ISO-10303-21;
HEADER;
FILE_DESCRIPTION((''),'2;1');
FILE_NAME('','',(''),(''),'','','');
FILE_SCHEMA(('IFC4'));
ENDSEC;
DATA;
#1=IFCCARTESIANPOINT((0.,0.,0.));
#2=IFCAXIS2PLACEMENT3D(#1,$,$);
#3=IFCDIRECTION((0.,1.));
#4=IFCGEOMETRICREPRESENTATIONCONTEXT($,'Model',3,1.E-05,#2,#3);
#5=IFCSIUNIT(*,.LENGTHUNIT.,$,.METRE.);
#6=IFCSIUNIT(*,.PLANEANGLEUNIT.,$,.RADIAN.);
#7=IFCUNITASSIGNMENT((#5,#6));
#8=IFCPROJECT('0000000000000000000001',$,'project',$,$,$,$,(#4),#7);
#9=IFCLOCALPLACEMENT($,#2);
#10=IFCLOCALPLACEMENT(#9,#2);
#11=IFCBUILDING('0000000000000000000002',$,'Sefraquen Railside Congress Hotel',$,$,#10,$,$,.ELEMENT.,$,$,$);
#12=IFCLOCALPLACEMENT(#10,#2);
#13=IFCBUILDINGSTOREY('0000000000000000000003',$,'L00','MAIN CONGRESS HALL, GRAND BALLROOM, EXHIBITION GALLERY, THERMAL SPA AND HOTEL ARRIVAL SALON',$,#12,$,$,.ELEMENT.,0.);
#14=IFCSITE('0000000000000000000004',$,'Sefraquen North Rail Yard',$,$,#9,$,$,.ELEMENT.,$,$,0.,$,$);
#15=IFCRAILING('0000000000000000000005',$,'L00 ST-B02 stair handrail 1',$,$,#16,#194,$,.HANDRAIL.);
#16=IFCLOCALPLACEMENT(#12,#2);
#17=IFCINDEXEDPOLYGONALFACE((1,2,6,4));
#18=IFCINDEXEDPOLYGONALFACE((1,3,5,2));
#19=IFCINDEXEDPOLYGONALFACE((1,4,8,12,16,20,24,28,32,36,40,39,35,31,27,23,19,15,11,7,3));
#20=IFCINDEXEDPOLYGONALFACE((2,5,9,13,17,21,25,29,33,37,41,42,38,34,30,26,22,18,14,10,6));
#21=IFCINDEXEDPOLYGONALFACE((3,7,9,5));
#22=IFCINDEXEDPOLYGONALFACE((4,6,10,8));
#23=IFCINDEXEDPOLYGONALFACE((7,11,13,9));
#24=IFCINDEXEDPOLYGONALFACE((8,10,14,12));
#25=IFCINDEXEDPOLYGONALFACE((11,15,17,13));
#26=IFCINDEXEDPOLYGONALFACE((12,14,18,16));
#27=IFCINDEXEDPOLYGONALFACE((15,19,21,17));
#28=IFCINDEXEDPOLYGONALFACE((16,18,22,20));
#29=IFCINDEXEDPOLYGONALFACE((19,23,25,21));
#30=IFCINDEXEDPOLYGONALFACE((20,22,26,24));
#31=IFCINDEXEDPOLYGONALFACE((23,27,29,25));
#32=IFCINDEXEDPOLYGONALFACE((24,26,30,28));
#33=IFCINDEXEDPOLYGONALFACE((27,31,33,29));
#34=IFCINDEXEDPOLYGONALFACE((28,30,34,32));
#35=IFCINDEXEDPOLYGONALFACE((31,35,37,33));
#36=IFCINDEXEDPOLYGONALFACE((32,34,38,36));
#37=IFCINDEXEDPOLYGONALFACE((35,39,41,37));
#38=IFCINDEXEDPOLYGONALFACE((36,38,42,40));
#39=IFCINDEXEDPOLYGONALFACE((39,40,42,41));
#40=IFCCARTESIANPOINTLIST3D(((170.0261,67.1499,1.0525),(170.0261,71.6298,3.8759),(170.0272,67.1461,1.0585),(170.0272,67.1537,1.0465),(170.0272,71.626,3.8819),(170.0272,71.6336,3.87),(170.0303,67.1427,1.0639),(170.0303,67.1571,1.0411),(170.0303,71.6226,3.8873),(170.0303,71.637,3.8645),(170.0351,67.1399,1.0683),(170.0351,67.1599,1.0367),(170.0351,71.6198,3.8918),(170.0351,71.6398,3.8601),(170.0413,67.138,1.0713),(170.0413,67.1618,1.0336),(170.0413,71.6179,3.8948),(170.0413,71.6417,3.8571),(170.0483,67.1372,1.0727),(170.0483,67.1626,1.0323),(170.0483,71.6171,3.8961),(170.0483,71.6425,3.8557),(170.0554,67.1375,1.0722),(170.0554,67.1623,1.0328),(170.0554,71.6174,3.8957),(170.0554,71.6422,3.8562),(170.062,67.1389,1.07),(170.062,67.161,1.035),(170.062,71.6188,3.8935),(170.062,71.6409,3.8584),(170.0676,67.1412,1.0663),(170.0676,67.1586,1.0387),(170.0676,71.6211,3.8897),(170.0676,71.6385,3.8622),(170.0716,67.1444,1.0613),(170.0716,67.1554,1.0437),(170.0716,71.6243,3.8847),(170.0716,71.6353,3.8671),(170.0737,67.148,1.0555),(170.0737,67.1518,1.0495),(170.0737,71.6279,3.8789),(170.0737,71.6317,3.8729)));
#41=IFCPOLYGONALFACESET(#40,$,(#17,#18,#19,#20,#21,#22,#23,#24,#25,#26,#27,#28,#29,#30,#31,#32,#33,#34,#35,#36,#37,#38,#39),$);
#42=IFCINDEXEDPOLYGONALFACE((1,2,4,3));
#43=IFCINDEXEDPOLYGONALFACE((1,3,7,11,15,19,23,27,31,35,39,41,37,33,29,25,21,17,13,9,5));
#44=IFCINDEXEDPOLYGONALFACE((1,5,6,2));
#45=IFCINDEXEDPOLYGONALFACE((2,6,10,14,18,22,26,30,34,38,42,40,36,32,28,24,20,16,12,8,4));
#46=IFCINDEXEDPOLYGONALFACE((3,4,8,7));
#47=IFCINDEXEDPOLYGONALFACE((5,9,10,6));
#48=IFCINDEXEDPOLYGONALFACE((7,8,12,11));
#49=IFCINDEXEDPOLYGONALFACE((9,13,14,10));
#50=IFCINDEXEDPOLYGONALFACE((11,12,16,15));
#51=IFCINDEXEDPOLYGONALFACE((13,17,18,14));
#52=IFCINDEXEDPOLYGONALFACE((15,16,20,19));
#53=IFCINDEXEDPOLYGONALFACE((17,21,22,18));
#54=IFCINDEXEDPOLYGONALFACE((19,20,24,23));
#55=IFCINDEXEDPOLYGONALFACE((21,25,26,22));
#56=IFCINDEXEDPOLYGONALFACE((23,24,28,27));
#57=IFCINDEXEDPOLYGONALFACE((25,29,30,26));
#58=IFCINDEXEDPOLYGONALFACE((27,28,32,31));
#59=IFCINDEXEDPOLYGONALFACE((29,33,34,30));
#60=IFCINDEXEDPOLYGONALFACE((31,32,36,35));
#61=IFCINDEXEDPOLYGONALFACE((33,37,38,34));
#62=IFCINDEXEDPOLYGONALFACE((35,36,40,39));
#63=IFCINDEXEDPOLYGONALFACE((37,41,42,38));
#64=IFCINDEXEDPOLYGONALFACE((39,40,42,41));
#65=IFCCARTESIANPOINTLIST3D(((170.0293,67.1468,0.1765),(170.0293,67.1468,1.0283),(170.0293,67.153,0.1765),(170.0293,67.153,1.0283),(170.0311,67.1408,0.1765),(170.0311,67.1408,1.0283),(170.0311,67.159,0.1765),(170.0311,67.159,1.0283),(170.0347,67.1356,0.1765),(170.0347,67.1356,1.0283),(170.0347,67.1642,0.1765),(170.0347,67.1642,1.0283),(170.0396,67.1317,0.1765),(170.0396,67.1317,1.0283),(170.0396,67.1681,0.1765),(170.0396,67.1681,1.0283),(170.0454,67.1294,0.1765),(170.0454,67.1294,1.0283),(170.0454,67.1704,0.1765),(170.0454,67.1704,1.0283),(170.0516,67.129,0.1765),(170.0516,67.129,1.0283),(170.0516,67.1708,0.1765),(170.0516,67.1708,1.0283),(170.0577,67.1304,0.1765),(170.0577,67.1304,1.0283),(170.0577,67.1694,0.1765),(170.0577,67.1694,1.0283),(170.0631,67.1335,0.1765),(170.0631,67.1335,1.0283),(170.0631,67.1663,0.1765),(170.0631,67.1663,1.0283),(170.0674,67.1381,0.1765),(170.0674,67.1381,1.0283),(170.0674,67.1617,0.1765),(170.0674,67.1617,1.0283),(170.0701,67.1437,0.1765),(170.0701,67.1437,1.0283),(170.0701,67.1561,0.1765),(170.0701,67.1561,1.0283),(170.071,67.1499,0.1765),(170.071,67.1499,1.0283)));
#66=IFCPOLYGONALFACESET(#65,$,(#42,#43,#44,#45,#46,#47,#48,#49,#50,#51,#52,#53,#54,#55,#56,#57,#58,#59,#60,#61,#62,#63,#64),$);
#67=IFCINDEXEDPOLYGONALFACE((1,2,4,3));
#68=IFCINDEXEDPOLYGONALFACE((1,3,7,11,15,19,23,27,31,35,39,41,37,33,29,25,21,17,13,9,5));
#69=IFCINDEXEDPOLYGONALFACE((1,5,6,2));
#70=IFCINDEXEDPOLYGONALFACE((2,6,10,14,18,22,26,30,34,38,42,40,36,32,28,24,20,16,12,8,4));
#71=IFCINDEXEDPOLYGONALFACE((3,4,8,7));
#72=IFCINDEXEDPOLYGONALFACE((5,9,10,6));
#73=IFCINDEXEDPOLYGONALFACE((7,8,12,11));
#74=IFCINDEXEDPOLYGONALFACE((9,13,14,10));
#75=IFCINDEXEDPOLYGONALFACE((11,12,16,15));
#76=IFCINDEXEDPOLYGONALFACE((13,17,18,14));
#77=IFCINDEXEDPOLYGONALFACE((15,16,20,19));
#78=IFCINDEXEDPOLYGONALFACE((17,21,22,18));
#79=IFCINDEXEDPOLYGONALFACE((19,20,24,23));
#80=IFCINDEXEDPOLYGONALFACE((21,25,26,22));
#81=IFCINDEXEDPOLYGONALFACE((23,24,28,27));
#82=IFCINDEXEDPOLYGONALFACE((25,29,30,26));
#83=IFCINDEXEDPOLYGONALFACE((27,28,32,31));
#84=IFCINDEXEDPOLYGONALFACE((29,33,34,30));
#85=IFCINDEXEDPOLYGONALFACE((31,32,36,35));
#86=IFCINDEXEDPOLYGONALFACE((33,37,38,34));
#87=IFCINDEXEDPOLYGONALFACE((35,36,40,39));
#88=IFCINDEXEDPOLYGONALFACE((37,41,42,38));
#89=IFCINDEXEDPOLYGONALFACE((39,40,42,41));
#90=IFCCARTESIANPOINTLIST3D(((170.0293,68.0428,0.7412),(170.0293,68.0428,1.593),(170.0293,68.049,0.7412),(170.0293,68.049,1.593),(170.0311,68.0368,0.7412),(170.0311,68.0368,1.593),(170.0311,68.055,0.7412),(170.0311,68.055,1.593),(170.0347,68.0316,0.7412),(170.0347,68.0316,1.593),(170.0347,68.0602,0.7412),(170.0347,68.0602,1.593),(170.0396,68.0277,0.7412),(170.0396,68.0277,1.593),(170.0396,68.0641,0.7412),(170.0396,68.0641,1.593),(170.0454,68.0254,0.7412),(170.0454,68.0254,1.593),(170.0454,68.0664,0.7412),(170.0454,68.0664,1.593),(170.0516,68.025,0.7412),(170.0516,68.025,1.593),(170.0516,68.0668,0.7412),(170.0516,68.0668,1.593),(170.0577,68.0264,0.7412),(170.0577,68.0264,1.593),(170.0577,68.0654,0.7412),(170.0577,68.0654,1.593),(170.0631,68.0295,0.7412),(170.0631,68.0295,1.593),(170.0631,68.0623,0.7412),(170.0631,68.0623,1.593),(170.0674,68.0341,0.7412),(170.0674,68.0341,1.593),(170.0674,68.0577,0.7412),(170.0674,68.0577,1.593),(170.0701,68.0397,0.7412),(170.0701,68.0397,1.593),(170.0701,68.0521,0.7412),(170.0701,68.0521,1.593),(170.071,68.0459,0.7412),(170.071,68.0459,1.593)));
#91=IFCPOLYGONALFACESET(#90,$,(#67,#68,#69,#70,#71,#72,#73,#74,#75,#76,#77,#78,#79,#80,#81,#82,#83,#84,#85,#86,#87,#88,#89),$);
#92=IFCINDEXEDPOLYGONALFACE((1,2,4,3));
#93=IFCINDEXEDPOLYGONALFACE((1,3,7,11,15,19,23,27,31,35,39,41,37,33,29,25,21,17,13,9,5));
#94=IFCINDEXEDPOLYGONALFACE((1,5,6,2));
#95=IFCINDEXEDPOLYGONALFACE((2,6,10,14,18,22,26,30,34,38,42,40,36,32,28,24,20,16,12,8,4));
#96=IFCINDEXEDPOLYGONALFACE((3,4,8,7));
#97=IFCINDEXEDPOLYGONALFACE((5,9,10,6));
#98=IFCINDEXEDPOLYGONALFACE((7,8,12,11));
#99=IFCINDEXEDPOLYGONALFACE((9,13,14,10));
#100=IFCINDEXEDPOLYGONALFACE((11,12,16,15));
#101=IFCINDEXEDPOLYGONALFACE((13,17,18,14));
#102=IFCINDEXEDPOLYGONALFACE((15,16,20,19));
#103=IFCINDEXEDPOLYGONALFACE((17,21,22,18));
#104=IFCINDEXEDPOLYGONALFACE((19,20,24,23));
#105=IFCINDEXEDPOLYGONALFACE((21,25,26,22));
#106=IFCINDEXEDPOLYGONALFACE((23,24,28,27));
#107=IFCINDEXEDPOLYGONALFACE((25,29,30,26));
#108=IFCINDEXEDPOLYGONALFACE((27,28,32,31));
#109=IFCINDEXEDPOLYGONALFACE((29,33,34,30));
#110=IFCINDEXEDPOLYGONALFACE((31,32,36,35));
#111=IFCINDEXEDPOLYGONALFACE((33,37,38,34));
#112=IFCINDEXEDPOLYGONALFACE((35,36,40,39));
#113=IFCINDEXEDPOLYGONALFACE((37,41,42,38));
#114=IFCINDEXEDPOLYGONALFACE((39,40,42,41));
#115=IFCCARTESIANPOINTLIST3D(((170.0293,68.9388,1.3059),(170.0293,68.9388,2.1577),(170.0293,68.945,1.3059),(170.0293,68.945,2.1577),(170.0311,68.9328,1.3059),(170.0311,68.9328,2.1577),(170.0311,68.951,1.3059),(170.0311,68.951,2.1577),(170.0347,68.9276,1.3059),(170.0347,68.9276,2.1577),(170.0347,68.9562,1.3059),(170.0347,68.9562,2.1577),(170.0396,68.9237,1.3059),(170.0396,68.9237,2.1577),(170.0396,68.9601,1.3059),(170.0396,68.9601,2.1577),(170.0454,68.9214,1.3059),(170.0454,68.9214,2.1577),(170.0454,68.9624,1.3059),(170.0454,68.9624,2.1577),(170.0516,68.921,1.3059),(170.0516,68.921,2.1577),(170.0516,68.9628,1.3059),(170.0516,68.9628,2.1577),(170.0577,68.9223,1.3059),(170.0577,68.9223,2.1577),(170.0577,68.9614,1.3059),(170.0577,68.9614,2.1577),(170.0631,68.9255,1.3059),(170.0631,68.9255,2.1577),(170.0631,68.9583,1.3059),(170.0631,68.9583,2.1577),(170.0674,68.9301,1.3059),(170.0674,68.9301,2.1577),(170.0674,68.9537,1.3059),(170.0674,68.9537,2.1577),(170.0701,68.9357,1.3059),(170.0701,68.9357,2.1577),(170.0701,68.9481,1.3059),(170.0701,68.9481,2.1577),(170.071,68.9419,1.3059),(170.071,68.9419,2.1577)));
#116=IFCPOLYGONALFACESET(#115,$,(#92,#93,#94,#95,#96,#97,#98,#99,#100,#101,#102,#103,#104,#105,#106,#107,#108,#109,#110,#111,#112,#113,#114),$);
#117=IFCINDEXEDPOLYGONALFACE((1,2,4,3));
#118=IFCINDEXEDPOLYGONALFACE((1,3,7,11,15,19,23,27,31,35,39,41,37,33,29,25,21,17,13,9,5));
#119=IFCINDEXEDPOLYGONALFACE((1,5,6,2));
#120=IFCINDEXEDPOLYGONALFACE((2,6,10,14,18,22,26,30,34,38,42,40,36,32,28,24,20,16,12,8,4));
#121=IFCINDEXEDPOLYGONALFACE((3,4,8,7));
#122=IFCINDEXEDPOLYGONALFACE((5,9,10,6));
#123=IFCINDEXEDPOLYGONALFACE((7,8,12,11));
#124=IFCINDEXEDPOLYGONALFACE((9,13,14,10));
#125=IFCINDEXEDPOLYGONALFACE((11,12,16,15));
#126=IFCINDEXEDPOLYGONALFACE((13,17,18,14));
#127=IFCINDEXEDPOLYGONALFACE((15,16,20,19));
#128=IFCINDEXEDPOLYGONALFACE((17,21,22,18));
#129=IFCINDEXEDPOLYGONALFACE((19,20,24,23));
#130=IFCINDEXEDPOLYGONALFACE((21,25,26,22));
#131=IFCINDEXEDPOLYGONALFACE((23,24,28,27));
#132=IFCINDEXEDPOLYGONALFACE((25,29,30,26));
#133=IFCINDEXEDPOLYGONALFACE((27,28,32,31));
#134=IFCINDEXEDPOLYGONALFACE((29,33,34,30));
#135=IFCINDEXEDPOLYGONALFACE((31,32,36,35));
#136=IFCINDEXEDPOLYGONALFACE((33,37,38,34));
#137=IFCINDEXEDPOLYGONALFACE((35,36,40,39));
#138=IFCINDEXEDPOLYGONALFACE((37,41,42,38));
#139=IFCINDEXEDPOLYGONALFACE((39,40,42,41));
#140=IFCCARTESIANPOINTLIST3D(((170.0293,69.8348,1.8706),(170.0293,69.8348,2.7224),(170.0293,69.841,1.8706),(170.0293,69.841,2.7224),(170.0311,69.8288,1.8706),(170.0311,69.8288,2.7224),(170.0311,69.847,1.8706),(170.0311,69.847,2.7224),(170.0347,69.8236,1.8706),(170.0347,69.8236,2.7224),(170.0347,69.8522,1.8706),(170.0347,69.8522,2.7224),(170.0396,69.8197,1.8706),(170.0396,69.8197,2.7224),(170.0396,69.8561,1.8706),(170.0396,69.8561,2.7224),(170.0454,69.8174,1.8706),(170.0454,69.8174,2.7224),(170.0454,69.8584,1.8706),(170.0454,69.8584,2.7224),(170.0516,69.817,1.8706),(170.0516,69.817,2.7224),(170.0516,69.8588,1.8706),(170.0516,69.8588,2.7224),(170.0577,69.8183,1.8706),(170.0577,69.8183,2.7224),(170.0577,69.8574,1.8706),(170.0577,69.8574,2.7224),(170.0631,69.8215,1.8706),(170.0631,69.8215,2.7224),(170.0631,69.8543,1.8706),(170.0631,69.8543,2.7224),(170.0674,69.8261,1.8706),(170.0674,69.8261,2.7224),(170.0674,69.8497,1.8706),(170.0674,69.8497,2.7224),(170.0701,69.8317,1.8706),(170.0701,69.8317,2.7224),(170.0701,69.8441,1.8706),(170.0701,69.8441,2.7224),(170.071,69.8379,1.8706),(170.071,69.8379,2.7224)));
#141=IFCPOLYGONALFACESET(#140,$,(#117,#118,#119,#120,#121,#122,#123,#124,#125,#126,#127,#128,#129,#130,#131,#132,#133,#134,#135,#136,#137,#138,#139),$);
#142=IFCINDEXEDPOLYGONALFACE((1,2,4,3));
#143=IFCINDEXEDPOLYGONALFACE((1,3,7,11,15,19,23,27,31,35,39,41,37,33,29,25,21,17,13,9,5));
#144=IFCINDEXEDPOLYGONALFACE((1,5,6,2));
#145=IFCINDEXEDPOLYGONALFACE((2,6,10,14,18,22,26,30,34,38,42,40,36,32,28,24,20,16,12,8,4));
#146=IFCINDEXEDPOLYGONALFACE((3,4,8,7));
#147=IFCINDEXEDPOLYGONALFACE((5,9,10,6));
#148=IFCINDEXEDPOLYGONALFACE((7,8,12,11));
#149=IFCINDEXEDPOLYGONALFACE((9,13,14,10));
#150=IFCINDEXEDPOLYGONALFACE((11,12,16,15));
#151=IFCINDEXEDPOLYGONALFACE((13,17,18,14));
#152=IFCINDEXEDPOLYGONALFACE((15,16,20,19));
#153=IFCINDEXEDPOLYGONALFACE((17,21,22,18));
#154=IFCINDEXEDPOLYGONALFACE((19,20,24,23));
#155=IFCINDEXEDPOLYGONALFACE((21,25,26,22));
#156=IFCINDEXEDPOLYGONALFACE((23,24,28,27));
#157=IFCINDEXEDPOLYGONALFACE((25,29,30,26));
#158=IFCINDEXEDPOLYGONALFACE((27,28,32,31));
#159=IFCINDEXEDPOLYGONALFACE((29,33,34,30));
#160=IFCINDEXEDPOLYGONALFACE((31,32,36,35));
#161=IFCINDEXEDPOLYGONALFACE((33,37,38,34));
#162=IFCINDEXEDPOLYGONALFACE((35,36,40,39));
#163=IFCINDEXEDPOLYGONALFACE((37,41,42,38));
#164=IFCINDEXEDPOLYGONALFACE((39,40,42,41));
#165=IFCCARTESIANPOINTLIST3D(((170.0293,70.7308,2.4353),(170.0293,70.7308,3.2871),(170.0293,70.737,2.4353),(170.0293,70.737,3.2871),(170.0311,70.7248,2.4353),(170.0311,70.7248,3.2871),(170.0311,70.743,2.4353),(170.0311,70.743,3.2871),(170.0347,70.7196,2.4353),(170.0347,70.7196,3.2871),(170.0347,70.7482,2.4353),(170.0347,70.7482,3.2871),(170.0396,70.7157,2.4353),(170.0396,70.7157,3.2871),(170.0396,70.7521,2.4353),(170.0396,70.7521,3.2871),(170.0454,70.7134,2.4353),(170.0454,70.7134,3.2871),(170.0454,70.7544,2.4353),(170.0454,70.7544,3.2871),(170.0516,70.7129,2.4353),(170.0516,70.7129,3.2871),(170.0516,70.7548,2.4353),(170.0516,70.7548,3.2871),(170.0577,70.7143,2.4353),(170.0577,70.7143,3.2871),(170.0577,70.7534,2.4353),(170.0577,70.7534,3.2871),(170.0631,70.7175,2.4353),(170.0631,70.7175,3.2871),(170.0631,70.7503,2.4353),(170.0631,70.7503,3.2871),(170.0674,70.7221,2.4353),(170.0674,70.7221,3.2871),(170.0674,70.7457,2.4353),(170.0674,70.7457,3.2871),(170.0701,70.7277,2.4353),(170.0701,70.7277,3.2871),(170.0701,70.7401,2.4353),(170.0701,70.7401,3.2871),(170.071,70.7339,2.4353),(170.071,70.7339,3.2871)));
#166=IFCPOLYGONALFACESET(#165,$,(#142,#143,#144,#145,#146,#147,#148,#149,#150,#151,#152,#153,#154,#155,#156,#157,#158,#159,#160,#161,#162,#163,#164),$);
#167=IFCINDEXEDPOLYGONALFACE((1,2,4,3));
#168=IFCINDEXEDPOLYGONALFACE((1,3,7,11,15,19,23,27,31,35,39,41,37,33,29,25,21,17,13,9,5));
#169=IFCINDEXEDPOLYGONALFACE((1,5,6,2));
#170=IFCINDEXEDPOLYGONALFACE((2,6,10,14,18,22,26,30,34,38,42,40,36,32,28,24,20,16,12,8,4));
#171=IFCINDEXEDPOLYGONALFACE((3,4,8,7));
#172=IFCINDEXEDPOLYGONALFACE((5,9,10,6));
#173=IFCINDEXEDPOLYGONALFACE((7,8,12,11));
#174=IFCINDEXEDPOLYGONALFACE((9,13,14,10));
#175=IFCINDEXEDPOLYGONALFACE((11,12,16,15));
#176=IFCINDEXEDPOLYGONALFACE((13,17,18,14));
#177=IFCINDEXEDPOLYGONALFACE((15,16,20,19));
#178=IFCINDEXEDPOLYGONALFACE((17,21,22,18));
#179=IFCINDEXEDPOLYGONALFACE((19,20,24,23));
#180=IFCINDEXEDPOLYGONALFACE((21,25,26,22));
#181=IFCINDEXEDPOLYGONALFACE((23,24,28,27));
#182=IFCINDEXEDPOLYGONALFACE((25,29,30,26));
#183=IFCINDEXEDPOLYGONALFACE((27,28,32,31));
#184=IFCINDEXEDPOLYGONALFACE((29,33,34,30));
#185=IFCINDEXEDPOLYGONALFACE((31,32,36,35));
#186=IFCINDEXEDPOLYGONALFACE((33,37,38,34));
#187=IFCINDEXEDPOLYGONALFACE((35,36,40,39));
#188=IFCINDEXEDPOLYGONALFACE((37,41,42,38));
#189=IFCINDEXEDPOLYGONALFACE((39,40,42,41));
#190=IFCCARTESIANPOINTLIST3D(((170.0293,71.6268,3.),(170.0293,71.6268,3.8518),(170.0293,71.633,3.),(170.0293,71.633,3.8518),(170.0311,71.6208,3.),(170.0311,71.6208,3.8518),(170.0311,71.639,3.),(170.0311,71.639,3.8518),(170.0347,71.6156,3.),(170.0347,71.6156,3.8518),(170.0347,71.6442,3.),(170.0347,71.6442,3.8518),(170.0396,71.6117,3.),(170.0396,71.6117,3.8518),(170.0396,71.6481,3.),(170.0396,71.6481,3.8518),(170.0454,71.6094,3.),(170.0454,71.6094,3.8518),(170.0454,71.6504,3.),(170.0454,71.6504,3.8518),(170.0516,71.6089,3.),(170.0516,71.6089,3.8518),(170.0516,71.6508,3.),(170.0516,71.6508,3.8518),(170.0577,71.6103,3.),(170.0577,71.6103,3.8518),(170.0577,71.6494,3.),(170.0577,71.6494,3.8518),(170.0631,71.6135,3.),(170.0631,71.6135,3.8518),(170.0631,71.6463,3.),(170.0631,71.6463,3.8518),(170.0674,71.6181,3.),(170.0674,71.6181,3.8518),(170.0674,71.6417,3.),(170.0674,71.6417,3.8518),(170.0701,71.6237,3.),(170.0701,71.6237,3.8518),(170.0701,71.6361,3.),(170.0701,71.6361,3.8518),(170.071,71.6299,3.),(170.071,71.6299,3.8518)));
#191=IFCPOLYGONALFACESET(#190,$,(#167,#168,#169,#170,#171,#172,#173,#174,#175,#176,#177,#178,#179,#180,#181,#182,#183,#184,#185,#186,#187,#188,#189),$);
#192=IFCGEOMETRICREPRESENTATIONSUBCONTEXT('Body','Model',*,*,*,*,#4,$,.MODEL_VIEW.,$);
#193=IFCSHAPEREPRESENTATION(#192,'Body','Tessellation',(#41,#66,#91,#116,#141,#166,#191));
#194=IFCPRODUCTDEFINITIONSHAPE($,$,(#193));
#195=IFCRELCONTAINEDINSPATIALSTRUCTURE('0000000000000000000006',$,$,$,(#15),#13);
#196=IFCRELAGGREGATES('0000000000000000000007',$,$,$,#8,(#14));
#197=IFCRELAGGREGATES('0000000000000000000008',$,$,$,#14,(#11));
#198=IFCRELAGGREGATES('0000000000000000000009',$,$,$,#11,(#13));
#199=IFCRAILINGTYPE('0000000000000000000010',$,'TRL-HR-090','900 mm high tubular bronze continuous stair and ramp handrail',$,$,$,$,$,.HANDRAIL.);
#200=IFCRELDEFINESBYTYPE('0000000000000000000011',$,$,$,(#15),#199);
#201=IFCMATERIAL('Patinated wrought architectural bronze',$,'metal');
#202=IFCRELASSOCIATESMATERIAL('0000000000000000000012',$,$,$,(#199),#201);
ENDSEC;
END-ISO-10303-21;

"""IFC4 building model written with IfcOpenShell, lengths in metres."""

from ifc_helpers import new_model, si_unit, direction, frame, origin, origin_2d, place, context, subcontext, project, spatial, circle, extrude, material, type_object, element, save


model = new_model("IFC4")

# Units and contexts
model_context = context("Model", 3, precision=1e-05, world=origin(), true_north=direction((0.0, 1.0)))
body_context = subcontext(model_context, "Body", "Model", "MODEL_VIEW")
ifc_project = project(units=[si_unit("LENGTHUNIT", "METRE"), si_unit("PLANEANGLEUNIT", "RADIAN")], contexts=[model_context])

# Site, building, storey
site_placement = place(None, origin())
site = spatial("IfcSite", under=ifc_project, at=site_placement, Name="Sefraquen North Rail Yard", CompositionType="ELEMENT", RefElevation=0.0)
building_placement = place(site_placement, origin())
building = spatial("IfcBuilding", under=site, at=building_placement, Name="Sefraquen Railside Congress Hotel", CompositionType="ELEMENT")
storey_placement = place(building_placement, origin())
storey = spatial("IfcBuildingStorey", under=building, at=storey_placement, Name="L00", Description="MAIN CONGRESS HALL, GRAND BALLROOM, EXHIBITION GALLERY, THERMAL SPA AND HOTEL ARRIVAL SALON", CompositionType="ELEMENT", Elevation=0.0)

# Railing
ifc_material_1 = material(Name="Patinated wrought architectural bronze", Category="metal")
railing_type_1 = type_object("IfcRailingType", Name="TRL-HR-090", Description="900 mm high tubular bronze continuous stair and ramp handrail", PredefinedType="HANDRAIL", material=ifc_material_1)
railing_1_placement = place(storey_placement, frame((170.05, 67.1499, 0.1765)))
element("IfcRailing", 1, at=railing_1_placement, inside=storey, type_object=railing_type_1, Name="L00 ST-B02 stair handrail 1", PredefinedType="HANDRAIL", context=body_context, shape_type="SweptSolid", body=[
    extrude(circle(Radius=0.0239, at=origin_2d()), frame((0.0, 0.0, 0.876), z_axis=(0.0, 0.845998, 0.533186), x_axis=(-1.0, 0.0, 0.0)), (0.0, 0.0, 1.0), 5.2954),
    extrude(circle(Radius=0.021, at=origin_2d()), origin(), (0.0, 0.0, 1.0), 0.8518),
    extrude(circle(Radius=0.021, at=origin_2d()), frame((0.0, 0.896, 0.5647)), (0.0, 0.0, 1.0), 0.8518),
    extrude(circle(Radius=0.021, at=origin_2d()), frame((0.0, 1.792, 1.1294)), (0.0, 0.0, 1.0), 0.8518),
    extrude(circle(Radius=0.021, at=origin_2d()), frame((0.0, 2.688, 1.6941)), (0.0, 0.0, 1.0), 0.8518),
    extrude(circle(Radius=0.021, at=origin_2d()), frame((0.0, 3.584, 2.2588)), (0.0, 0.0, 1.0), 0.8518),
    extrude(circle(Radius=0.021, at=origin_2d()), frame((0.0, 4.48, 2.8235)), (0.0, 0.0, 1.0), 0.8518),
])

save(model, "model.ifc")
